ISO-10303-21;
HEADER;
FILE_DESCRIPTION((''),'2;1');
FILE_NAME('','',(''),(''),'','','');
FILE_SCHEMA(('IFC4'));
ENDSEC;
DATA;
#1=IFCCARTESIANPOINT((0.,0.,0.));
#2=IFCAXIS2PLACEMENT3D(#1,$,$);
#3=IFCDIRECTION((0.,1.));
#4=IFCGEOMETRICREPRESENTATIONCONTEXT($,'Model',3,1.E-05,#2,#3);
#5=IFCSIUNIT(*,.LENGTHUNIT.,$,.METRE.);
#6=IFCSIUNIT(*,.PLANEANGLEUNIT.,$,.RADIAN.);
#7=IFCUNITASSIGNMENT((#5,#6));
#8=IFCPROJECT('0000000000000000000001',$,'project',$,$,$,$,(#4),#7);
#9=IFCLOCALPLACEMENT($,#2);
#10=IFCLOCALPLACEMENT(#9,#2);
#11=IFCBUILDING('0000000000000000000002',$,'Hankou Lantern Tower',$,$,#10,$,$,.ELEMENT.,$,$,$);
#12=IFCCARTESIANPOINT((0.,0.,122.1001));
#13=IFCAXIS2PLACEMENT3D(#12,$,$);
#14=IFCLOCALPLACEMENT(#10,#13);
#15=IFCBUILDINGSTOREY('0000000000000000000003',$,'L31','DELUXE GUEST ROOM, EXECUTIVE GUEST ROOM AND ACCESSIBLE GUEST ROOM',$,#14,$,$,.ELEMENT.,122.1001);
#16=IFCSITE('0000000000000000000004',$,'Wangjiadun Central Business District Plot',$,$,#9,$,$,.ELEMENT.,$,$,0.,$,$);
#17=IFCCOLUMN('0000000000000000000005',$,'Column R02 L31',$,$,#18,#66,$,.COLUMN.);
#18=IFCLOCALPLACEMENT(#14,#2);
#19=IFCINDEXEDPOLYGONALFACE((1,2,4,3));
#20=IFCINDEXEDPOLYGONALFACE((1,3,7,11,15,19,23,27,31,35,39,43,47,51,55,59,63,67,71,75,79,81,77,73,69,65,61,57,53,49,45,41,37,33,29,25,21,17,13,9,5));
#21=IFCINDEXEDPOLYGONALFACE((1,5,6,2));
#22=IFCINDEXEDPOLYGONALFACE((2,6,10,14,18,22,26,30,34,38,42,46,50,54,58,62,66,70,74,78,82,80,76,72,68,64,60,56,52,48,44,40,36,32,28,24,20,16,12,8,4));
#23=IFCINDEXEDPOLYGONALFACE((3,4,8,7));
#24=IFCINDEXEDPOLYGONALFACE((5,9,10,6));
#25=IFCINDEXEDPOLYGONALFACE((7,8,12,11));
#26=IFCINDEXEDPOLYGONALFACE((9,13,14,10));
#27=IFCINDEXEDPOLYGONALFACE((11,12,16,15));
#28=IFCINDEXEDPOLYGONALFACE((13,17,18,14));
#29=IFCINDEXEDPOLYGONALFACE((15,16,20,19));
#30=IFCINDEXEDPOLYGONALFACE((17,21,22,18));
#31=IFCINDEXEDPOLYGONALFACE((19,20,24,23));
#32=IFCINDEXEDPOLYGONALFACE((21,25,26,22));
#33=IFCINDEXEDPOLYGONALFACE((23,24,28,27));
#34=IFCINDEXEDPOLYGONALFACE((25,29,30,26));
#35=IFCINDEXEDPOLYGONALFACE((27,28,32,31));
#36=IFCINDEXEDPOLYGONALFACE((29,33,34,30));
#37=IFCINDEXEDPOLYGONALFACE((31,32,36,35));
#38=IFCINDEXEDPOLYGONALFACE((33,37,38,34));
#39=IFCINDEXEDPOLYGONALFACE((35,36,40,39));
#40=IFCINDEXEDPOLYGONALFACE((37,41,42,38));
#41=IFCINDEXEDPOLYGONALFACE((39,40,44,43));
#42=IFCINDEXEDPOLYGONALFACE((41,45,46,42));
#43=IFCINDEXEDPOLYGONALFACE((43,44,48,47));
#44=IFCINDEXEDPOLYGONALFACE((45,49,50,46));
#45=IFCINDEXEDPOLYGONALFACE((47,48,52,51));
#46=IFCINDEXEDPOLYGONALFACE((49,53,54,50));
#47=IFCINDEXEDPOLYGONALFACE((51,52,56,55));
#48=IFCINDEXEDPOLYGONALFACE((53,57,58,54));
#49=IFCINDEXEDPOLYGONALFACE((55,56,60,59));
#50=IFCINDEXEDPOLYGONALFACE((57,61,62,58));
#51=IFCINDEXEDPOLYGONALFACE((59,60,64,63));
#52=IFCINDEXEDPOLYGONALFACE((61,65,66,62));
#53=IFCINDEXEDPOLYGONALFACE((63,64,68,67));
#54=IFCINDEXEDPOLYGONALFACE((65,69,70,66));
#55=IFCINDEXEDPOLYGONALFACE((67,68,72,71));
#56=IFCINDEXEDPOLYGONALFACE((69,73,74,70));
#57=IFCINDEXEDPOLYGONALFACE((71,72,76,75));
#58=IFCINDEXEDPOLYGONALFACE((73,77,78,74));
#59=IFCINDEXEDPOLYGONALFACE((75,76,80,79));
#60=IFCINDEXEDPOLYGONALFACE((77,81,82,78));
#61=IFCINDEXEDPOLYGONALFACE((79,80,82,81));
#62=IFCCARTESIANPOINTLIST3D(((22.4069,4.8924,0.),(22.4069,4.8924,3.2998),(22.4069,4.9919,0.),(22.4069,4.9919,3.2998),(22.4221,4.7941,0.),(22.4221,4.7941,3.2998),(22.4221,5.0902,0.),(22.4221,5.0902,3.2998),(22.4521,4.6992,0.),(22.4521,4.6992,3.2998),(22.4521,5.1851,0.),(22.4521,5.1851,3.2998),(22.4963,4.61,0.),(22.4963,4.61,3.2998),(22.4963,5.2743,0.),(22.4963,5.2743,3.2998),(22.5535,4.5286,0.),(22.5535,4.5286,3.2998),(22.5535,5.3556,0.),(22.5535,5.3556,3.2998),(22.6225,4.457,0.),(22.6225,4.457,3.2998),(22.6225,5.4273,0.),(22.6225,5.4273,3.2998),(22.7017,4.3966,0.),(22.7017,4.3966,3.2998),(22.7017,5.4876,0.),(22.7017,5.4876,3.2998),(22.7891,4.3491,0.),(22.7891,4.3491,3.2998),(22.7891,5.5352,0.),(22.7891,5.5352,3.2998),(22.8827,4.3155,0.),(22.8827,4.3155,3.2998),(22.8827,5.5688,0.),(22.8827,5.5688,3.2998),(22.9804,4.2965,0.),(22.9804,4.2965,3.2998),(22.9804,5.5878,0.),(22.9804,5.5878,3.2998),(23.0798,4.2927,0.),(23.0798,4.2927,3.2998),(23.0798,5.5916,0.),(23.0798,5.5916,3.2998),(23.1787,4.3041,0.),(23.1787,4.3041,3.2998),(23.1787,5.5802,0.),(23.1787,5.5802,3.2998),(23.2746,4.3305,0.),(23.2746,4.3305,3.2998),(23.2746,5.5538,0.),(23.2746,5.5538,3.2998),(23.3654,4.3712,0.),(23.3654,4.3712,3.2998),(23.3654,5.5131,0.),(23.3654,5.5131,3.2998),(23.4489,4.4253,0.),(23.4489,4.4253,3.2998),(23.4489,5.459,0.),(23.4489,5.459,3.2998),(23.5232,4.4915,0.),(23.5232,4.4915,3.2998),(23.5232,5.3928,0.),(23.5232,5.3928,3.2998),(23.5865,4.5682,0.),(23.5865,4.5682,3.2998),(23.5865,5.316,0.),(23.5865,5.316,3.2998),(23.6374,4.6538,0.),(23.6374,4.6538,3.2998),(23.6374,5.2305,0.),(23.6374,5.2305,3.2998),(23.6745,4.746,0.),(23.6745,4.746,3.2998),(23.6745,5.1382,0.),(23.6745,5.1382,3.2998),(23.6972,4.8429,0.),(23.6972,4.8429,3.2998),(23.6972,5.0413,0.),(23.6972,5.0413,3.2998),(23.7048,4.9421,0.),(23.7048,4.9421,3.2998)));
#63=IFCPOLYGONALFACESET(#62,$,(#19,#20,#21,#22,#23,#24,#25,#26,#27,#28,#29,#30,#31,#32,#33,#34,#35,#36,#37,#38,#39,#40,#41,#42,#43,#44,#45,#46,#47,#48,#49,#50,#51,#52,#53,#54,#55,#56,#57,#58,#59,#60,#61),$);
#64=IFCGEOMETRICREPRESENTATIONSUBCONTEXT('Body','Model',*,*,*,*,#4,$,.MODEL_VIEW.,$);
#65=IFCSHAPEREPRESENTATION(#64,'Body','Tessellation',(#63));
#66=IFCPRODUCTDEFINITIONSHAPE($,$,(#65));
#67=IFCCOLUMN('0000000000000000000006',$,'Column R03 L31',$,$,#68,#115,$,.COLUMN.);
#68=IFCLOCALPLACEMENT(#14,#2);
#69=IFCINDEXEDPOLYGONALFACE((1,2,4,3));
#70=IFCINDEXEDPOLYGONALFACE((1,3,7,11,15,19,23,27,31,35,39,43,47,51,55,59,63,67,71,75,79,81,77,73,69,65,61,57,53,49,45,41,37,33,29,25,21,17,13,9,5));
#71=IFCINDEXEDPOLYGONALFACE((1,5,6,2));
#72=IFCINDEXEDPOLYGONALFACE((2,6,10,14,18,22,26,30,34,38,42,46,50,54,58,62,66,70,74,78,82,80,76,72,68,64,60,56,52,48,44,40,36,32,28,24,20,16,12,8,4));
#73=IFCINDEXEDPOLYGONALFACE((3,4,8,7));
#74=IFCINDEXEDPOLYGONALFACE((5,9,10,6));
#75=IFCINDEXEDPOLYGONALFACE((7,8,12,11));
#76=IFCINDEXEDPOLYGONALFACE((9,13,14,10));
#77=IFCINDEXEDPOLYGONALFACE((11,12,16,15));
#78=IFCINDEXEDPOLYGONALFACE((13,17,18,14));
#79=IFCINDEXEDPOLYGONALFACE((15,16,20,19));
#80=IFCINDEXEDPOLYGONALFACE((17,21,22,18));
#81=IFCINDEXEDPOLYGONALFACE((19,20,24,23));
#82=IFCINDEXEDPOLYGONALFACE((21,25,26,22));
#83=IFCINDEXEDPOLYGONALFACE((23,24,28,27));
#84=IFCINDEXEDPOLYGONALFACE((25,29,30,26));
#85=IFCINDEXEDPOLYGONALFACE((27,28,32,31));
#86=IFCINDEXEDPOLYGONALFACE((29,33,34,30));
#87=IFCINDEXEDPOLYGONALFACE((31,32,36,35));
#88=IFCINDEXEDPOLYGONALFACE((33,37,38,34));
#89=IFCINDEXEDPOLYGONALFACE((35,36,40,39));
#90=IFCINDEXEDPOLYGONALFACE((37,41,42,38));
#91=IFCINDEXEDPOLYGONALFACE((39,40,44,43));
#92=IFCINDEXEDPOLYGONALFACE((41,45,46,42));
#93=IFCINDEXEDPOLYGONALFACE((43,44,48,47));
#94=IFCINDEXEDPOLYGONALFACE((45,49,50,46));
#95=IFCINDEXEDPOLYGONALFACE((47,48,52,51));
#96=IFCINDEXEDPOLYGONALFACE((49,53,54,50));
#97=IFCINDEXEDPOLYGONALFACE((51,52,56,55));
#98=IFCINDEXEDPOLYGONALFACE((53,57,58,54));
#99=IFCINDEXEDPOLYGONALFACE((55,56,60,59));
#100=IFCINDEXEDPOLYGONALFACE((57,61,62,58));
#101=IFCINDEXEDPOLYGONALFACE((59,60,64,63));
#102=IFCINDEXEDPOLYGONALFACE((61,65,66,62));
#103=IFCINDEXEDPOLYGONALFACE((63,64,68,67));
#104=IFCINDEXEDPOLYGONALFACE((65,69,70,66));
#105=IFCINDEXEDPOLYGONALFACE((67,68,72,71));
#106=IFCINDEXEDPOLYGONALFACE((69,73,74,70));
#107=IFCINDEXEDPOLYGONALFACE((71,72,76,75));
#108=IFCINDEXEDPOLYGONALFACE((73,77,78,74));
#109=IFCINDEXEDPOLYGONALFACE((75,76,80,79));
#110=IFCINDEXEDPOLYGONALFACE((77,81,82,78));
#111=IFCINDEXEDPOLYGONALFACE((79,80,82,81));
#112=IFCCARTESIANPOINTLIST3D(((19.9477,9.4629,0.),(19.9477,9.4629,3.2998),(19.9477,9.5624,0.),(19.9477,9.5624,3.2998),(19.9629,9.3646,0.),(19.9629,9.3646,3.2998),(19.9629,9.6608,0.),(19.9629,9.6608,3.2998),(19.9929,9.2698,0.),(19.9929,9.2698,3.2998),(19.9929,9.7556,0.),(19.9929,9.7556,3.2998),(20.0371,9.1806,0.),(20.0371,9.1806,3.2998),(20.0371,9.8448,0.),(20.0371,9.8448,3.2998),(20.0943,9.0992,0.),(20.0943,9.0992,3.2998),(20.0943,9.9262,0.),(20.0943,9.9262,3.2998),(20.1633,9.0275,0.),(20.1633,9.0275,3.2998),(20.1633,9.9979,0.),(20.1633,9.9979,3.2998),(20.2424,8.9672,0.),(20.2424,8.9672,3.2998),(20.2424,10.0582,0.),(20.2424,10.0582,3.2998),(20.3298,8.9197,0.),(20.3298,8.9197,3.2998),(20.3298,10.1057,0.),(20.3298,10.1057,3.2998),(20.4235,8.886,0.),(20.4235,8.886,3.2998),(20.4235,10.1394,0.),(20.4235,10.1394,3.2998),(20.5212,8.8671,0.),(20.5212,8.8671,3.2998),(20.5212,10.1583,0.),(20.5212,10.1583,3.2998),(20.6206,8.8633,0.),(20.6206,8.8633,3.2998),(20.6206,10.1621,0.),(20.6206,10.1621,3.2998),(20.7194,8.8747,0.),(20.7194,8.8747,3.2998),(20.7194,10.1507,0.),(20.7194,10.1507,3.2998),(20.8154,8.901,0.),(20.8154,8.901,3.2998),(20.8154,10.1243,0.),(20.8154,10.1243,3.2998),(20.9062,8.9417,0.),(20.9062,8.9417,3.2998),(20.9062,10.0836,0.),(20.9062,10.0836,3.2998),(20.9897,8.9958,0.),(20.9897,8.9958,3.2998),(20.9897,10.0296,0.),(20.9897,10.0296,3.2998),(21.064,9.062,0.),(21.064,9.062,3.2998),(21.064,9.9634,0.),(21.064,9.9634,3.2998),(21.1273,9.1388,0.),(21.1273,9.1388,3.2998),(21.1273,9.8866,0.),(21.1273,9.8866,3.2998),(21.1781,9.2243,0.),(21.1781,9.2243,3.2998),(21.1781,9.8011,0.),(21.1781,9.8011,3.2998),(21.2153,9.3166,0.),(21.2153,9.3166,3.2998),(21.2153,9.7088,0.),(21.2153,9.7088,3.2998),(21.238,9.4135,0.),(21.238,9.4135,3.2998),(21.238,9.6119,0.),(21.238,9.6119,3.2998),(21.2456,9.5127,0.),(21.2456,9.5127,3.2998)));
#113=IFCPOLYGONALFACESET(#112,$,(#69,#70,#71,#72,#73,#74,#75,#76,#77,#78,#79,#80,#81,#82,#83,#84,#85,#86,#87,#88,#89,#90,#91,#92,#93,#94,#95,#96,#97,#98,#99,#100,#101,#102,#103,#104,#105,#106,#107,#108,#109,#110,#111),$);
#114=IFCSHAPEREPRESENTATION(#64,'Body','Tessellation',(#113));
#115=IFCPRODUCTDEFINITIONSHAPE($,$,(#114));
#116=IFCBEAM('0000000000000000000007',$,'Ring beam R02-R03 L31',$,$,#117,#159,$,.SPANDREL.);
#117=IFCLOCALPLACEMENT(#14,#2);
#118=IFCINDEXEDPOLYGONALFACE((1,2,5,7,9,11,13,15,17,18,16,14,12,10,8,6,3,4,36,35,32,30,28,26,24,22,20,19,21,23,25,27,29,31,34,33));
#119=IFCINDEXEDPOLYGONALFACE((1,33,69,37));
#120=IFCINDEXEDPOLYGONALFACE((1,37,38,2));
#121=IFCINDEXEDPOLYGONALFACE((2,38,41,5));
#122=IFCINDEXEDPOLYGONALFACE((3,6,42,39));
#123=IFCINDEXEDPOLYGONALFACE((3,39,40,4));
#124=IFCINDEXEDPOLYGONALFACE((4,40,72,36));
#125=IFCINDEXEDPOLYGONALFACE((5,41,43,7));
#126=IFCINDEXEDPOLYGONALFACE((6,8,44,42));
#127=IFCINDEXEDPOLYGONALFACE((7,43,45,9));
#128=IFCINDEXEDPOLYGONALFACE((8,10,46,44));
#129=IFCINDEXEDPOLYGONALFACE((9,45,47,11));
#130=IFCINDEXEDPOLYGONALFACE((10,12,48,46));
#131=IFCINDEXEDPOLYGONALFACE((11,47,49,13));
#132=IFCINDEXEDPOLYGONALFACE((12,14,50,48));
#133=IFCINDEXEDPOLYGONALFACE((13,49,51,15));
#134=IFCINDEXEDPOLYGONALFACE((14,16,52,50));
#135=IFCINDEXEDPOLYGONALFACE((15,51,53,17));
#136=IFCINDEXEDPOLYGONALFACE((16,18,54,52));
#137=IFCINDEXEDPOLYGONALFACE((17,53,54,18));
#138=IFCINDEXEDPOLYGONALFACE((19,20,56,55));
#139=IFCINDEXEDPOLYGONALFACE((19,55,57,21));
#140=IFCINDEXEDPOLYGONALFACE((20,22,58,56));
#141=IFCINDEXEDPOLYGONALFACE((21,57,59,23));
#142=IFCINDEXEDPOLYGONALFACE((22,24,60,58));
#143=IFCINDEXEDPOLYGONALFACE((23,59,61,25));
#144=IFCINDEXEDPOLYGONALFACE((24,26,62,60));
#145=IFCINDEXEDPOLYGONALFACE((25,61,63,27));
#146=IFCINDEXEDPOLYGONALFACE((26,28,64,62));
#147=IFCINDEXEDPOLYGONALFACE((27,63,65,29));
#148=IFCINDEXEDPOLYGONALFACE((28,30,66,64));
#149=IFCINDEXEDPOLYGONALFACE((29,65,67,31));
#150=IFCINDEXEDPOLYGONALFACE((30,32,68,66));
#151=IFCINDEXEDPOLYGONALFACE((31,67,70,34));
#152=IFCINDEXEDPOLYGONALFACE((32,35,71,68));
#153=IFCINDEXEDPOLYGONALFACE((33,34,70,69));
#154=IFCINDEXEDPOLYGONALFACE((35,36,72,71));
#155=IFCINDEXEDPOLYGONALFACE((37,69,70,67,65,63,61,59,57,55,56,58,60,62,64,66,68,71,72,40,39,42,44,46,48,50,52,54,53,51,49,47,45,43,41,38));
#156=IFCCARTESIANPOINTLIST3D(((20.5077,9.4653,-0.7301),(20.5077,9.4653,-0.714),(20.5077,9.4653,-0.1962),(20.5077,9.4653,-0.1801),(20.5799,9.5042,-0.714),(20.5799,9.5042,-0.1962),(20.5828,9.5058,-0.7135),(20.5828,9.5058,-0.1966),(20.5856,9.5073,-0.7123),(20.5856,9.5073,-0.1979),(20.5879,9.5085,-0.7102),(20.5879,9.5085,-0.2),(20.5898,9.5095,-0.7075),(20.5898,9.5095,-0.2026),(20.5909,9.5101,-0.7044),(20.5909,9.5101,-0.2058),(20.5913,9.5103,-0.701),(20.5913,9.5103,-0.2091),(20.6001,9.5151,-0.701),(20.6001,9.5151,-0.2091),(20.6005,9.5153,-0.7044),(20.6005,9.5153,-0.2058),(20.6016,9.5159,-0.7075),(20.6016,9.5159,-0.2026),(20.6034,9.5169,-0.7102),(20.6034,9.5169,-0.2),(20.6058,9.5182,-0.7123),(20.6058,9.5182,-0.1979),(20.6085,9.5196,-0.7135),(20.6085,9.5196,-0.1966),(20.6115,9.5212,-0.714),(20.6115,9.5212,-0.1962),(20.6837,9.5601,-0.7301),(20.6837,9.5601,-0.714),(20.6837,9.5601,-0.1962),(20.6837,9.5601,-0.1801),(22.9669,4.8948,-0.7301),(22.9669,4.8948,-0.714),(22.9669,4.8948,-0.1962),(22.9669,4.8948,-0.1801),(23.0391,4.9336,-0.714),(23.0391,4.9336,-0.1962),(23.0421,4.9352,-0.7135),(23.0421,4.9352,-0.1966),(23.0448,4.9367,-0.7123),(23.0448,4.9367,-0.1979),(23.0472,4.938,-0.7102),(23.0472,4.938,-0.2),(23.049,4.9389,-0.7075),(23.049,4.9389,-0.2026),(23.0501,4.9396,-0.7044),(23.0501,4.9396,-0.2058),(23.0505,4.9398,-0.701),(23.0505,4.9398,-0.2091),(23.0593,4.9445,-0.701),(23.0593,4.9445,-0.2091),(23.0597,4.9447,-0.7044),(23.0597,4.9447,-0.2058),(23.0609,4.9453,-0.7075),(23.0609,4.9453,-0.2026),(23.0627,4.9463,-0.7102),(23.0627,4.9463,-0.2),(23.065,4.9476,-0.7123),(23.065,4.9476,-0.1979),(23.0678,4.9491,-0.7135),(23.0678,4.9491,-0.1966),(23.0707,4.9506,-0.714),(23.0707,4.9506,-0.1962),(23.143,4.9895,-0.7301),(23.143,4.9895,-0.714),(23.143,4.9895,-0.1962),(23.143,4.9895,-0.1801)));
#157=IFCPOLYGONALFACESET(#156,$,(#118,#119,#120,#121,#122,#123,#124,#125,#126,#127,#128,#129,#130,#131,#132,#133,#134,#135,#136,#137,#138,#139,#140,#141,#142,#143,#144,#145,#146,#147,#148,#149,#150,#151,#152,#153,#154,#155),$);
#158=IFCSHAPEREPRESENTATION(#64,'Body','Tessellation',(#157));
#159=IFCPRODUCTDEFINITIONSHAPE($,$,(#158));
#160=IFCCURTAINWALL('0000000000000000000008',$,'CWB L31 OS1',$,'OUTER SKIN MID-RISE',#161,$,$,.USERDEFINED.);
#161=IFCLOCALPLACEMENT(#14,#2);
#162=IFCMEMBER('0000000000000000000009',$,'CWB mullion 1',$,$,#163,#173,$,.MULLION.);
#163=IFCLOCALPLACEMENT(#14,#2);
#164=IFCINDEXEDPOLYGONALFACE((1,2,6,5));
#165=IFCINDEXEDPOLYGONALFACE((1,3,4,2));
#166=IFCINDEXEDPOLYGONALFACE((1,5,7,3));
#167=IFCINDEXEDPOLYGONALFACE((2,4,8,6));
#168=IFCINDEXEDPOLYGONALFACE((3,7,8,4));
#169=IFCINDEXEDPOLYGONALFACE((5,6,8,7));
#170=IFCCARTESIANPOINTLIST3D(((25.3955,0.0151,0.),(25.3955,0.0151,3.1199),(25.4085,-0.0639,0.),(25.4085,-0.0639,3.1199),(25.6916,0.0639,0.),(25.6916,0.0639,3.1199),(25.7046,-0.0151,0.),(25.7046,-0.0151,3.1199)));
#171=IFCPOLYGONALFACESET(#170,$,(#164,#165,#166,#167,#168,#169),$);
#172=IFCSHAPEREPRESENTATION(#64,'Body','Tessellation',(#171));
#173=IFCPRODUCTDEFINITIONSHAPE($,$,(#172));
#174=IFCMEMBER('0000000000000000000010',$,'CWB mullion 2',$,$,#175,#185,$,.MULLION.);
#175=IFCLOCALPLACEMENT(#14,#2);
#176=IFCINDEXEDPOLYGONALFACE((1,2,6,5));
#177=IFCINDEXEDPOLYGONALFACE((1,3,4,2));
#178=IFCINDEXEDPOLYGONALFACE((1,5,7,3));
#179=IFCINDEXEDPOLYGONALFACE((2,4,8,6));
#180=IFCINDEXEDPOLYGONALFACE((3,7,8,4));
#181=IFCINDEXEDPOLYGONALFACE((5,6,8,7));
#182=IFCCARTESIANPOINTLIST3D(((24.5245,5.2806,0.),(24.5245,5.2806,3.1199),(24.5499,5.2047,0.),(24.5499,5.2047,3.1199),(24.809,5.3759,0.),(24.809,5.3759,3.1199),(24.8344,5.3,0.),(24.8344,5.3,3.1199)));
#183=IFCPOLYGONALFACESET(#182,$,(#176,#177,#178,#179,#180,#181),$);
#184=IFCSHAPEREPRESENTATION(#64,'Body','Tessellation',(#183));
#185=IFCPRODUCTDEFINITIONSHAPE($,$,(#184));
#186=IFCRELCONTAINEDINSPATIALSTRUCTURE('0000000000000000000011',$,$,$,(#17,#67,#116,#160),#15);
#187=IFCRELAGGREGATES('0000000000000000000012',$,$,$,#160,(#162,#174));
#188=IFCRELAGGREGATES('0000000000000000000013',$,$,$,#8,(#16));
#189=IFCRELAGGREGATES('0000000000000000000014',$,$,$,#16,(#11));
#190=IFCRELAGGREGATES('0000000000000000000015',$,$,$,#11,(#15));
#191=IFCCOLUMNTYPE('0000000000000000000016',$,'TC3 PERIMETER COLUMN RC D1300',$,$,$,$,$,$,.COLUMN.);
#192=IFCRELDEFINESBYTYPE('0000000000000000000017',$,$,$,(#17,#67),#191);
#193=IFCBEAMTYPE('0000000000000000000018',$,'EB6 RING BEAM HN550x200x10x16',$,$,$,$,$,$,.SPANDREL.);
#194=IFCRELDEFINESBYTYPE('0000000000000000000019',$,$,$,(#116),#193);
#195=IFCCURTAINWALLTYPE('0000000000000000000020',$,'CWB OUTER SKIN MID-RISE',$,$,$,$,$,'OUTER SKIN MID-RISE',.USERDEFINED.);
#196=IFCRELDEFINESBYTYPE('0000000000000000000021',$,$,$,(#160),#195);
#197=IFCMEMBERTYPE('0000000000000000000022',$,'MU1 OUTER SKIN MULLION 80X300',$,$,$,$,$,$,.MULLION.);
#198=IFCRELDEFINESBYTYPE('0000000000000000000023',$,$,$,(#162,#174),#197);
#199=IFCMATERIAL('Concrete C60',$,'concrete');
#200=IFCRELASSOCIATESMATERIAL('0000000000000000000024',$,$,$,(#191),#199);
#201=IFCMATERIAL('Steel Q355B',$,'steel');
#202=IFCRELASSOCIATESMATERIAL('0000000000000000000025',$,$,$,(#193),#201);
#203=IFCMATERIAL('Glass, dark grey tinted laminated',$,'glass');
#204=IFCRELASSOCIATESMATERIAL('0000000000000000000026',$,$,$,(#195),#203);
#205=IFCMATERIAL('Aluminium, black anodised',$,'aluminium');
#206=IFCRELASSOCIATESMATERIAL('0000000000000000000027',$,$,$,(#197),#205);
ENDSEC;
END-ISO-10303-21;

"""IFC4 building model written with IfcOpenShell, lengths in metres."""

from ifc_helpers import new_model, si_unit, direction, frame, origin, origin_2d, place, context, subcontext, project, spatial, rectangle, circle, i_section, extrude, material, material_profile, profile_set, type_object, element, aggregate, save


model = new_model("IFC4")

# Units and contexts
model_context = context("Model", 3, precision=1e-05, world=origin(), true_north=direction((0.0, 1.0)))
body_context = subcontext(model_context, "Body", "Model", "MODEL_VIEW")
ifc_project = project(units=[si_unit("LENGTHUNIT", "METRE"), si_unit("PLANEANGLEUNIT", "RADIAN")], contexts=[model_context])

# Site, building, storey
site_placement = place(None, origin())
site = spatial("IfcSite", under=ifc_project, at=site_placement, Name="Wangjiadun Central Business District Plot", CompositionType="ELEMENT", RefElevation=0.0)
building_placement = place(site_placement, origin())
building = spatial("IfcBuilding", under=site, at=building_placement, Name="Hankou Lantern Tower", CompositionType="ELEMENT")
storey_placement = place(building_placement, frame((0.0, 0.0, 122.1001)))
storey = spatial("IfcBuildingStorey", under=building, at=storey_placement, Name="L31", Description="DELUXE GUEST ROOM, EXECUTIVE GUEST ROOM AND ACCESSIBLE GUEST ROOM", CompositionType="ELEMENT", Elevation=122.1001)

# Columns
ifc_material_1 = material(Name="Concrete C60", Category="concrete")
ifc_material_profile_1 = material_profile(ifc_material_1, circle(Radius=0.6499, at=origin_2d()), Name="RC D1300")
ifc_profile_set_1 = profile_set([ifc_material_profile_1], Name="Concrete C60")
column_type = type_object("IfcColumnType", Name="TC3 PERIMETER COLUMN RC D1300", PredefinedType="COLUMN", material=ifc_profile_set_1)
for number, where, z_axis, x_axis, name in (
    (1, (23.0549, 4.9421, 0.0), (0.0, 0.0, 1.0), (1.0, 0.0, 0.0), "Column R02 L31"),
    (2, (20.5957, 9.5127, 0.0), (0.0, 0.0, 1.0), (1.0, 0.0, 0.0), "Column R03 L31"),
):
    element("IfcColumn", number, at=place(storey_placement, frame(where, z_axis=z_axis, x_axis=x_axis)), inside=storey, type_object=column_type, Name=name, PredefinedType="COLUMN", context=body_context, shape_type="SweptSolid", body=[
        extrude(circle(Radius=0.6499, at=origin_2d()), origin(), (0.0, 0.0, 1.0), 3.2998),
    ])

# Beam
ifc_material_2 = material(Name="Steel Q355B", Category="steel")
ifc_material_profile_2 = material_profile(ifc_material_2, i_section(OverallWidth=0.2, OverallDepth=0.55, WebThickness=0.01, FlangeThickness=0.0161, FilletRadius=0.0129, at=origin_2d()), Name="HN550x200x10x16")
ifc_profile_set_2 = profile_set([ifc_material_profile_2], Name="Steel Q355B")
beam_type_1 = type_object("IfcBeamType", Name="EB6 RING BEAM HN550x200x10x16", PredefinedType="SPANDREL", material=ifc_profile_set_2)
beam_1_placement = place(storey_placement, frame((23.0549, 4.9421, -0.4551), z_axis=(-0.473825, 0.880619, 0.0), x_axis=(-0.880619, -0.473825, 0.0)))
element("IfcBeam", 3, at=beam_1_placement, inside=storey, type_object=beam_type_1, Name="Ring beam R02-R03 L31", PredefinedType="SPANDREL", context=body_context, shape_type="SweptSolid", body=[
    extrude(i_section(OverallWidth=0.2, OverallDepth=0.55, WebThickness=0.01, FlangeThickness=0.0161, FilletRadius=0.0129, at=origin_2d()), origin(), (0.0, 0.0, 1.0), 5.1902),
])

# Curtain wall, members
ifc_material_3 = material(Name="Glass, dark grey tinted laminated", Category="glass")
curtain_wall_type = type_object("IfcCurtainWallType", Name="CWB OUTER SKIN MID-RISE", ElementType="OUTER SKIN MID-RISE", PredefinedType="USERDEFINED", material=ifc_material_3)
curtain_wall_placement = place(storey_placement, origin())
curtain_wall = element("IfcCurtainWall", 4, at=curtain_wall_placement, inside=storey, type_object=curtain_wall_type, Name="CWB L31 OS1", ObjectType="OUTER SKIN MID-RISE", PredefinedType="USERDEFINED")
ifc_material_4 = material(Name="Aluminium, black anodised", Category="aluminium")
ifc_material_profile_3 = material_profile(ifc_material_4, rectangle(XDim=0.0801, YDim=0.3, at=origin_2d()), Name="MU1 80X300")
ifc_profile_set_3 = profile_set([ifc_material_profile_3], Name="Aluminium, black anodised")
member_type_1 = type_object("IfcMemberType", Name="MU1 OUTER SKIN MULLION 80X300", PredefinedType="MULLION", material=ifc_profile_set_3)
member_1_placement = place(storey_placement, frame((25.55, 0.0, 0.0), z_axis=(0.0, 0.0, 1.0), x_axis=(-0.162382, 0.986728, 0.0)))
member_1 = element("IfcMember", 5, at=member_1_placement, type_object=member_type_1, Name="CWB mullion 1", PredefinedType="MULLION", context=body_context, shape_type="SweptSolid", body=[
    extrude(rectangle(XDim=0.0801, YDim=0.3, at=origin_2d()), origin(), (0.0, 0.0, 1.0), 3.1199),
])
member_2_placement = place(storey_placement, frame((24.6794, 5.2903, 0.0), z_axis=(0.0, 0.0, 1.0), x_axis=(-0.317596, 0.948226, 0.0)))
member_2 = element("IfcMember", 6, at=member_2_placement, type_object=member_type_1, Name="CWB mullion 2", PredefinedType="MULLION", context=body_context, shape_type="SweptSolid", body=[
    extrude(rectangle(XDim=0.0801, YDim=0.3, at=origin_2d()), origin(), (0.0, 0.0, 1.0), 3.1199),
])

aggregate(curtain_wall, [member_1, member_2])

save(model, "model.ifc")
